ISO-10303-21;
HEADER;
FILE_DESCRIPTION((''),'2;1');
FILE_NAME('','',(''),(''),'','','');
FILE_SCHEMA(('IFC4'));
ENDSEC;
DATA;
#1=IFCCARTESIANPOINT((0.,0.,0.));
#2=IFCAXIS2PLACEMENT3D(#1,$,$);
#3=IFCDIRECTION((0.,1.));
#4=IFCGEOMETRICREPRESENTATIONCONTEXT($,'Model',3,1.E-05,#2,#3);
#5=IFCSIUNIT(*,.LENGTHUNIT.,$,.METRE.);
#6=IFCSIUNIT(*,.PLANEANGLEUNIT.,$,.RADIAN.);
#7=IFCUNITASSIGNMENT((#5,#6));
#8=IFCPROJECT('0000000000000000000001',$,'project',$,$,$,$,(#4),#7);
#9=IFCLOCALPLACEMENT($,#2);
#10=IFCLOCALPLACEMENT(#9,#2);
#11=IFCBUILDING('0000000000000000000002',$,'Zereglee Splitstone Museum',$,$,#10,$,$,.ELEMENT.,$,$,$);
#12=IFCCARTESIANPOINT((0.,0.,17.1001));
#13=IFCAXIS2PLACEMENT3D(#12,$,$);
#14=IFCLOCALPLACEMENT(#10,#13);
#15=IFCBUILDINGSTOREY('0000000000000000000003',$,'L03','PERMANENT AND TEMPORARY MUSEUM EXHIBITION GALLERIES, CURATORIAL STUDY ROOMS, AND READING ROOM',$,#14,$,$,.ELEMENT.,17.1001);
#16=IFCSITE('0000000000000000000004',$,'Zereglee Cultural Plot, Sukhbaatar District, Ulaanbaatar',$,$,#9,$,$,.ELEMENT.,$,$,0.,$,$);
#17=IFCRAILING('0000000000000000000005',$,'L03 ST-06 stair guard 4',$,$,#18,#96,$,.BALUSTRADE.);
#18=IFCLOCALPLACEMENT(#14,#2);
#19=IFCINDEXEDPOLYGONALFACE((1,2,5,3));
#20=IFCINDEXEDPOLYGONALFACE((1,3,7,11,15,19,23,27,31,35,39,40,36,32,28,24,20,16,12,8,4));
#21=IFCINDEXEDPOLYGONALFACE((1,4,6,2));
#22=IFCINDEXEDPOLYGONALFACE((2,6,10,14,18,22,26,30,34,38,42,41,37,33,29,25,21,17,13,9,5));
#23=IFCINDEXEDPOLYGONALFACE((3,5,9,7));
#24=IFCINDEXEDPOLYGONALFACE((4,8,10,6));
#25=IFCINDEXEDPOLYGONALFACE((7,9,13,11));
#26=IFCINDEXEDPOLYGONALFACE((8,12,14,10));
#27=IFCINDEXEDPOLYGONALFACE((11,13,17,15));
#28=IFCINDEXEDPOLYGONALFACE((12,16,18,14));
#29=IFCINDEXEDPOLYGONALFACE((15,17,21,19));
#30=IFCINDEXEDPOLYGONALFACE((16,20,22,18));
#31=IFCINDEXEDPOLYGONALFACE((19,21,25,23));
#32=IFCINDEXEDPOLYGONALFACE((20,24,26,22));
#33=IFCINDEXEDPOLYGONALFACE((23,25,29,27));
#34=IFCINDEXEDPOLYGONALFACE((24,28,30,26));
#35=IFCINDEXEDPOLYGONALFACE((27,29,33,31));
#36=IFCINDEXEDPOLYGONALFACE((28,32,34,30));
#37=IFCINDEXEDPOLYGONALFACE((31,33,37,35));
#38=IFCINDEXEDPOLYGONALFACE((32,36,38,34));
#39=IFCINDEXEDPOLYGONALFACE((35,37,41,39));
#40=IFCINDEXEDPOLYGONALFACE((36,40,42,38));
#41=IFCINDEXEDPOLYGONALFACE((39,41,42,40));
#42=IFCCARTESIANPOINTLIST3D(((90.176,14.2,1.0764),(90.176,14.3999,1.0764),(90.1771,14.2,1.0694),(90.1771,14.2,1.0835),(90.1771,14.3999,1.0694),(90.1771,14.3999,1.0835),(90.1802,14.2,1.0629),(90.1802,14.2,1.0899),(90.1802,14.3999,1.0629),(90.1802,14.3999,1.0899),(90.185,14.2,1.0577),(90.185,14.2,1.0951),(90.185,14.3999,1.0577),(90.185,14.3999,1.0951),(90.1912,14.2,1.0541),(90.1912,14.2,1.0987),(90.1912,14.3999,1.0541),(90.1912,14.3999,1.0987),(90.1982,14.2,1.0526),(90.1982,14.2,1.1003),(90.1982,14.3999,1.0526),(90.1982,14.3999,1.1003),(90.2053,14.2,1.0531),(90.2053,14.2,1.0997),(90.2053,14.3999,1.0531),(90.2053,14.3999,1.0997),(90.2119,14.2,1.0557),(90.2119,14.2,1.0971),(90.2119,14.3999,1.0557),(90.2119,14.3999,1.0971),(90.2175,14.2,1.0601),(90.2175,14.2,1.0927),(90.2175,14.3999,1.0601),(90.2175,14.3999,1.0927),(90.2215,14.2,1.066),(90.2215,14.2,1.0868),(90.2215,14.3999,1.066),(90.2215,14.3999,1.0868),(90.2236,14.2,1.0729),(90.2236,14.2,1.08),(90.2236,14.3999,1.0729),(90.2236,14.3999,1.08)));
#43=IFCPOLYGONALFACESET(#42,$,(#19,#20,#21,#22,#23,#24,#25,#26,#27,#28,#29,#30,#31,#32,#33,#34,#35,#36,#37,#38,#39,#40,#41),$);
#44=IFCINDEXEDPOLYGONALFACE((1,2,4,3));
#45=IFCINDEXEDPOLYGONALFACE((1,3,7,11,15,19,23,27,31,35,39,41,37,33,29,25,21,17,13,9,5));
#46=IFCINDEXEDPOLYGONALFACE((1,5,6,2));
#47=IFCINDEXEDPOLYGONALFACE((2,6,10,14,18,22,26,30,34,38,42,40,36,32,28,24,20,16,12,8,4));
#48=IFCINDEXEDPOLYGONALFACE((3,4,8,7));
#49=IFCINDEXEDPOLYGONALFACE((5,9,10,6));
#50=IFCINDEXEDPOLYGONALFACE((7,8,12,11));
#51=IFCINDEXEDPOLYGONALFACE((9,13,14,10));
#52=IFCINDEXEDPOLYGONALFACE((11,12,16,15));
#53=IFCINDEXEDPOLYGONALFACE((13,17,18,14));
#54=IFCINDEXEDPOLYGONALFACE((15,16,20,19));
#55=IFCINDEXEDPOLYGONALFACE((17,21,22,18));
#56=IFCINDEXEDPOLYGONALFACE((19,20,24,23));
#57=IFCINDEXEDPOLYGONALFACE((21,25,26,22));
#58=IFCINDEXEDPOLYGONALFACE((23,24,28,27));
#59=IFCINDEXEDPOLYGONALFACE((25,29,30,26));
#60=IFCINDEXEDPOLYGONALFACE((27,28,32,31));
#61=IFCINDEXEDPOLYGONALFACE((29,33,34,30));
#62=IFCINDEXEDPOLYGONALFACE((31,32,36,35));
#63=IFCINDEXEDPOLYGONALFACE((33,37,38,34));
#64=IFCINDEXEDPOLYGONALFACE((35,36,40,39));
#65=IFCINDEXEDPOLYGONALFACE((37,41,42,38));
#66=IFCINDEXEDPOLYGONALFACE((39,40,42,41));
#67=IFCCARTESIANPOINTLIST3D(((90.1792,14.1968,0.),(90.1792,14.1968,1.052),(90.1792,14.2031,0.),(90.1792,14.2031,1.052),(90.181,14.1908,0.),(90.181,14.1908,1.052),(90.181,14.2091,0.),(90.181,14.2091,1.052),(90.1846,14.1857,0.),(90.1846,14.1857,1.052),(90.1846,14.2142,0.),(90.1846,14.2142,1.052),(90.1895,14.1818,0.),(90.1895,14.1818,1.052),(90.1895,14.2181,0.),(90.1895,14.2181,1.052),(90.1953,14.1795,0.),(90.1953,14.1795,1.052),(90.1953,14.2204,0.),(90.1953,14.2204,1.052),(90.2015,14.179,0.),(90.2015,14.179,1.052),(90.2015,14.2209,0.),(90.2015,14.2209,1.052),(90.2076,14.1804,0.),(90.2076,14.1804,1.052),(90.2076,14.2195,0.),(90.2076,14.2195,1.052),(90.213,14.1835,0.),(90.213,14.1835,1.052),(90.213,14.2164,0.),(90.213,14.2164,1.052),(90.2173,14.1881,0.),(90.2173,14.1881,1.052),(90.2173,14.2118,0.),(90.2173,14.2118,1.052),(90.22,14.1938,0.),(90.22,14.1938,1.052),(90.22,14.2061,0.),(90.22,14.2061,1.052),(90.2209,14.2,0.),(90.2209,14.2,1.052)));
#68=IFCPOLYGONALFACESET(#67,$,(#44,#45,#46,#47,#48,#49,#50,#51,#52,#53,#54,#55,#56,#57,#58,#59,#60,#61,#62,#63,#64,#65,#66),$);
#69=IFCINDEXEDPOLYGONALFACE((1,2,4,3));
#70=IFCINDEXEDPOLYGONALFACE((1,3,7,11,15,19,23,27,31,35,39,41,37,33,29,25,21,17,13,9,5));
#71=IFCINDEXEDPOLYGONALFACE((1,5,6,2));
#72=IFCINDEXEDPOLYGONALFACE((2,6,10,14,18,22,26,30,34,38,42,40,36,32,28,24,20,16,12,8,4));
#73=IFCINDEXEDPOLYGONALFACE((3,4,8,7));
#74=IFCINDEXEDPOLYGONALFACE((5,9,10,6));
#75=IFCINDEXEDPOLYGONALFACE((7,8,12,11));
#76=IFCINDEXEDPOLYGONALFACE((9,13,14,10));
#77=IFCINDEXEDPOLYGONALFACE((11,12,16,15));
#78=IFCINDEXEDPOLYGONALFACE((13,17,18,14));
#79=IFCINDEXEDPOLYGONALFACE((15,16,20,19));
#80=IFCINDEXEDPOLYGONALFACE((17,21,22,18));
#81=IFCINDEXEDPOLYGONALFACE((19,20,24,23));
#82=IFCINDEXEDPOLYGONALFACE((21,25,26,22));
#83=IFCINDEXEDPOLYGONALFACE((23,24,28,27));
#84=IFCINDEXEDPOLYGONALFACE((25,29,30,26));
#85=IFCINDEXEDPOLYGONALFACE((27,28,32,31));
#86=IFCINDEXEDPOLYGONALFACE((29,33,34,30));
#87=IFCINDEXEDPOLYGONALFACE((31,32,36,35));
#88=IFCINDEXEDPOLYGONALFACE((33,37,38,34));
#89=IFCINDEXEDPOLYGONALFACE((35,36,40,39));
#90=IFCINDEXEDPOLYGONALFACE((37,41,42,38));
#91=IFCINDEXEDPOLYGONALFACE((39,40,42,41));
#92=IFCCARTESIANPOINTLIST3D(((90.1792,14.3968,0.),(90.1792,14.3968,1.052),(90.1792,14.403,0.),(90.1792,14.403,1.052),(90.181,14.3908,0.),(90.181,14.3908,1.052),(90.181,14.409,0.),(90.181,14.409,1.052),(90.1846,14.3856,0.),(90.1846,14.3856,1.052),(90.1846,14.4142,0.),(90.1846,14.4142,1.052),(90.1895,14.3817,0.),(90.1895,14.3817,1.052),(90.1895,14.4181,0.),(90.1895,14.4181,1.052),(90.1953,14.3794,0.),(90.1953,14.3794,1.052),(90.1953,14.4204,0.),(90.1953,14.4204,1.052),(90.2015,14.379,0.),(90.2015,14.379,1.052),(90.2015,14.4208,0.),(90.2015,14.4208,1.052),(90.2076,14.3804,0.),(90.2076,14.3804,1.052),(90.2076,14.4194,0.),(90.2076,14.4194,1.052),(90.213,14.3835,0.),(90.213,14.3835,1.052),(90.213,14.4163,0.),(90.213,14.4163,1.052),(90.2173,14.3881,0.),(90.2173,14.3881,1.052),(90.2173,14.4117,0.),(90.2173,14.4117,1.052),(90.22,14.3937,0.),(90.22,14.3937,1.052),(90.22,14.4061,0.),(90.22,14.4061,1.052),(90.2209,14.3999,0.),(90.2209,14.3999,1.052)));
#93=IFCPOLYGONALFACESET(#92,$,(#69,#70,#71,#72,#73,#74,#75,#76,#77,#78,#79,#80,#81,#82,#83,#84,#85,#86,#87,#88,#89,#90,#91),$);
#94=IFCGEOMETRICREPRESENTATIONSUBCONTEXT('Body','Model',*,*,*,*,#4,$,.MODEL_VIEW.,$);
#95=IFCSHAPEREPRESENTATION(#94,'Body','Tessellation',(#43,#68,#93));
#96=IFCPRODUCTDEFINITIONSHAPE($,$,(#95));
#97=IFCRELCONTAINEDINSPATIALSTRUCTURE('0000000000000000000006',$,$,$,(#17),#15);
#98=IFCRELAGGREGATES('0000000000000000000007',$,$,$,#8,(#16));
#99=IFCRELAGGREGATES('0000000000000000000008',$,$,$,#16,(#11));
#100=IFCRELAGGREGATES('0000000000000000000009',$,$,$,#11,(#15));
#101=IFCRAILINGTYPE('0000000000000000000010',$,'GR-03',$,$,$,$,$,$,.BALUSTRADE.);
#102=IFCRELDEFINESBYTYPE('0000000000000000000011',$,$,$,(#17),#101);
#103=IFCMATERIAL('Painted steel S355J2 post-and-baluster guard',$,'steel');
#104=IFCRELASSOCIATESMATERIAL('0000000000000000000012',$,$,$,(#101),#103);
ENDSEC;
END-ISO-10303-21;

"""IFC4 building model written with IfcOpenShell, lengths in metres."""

from ifc_helpers import new_model, si_unit, direction, frame, origin, origin_2d, place, context, subcontext, project, spatial, circle, extrude, material, type_object, element, save


model = new_model("IFC4")

# Units and contexts
model_context = context("Model", 3, precision=1e-05, world=origin(), true_north=direction((0.0, 1.0)))
body_context = subcontext(model_context, "Body", "Model", "MODEL_VIEW")
ifc_project = project(units=[si_unit("LENGTHUNIT", "METRE"), si_unit("PLANEANGLEUNIT", "RADIAN")], contexts=[model_context])

# Site, building, storey
site_placement = place(None, origin())
site = spatial("IfcSite", under=ifc_project, at=site_placement, Name="Zereglee Cultural Plot, Sukhbaatar District, Ulaanbaatar", CompositionType="ELEMENT", RefElevation=0.0)
building_placement = place(site_placement, origin())
building = spatial("IfcBuilding", under=site, at=building_placement, Name="Zereglee Splitstone Museum", CompositionType="ELEMENT")
storey_placement = place(building_placement, frame((0.0, 0.0, 17.1001)))
storey = spatial("IfcBuildingStorey", under=building, at=storey_placement, Name="L03", Description="PERMANENT AND TEMPORARY MUSEUM EXHIBITION GALLERIES, CURATORIAL STUDY ROOMS, AND READING ROOM", CompositionType="ELEMENT", Elevation=17.1001)

# Railing
ifc_material_1 = material(Name="Painted steel S355J2 post-and-baluster guard", Category="steel")
railing_type_1 = type_object("IfcRailingType", Name="GR-03", PredefinedType="BALUSTRADE", material=ifc_material_1)
railing_1_placement = place(storey_placement, frame((90.2, 14.2, 0.0)))
element("IfcRailing", 1, at=railing_1_placement, inside=storey, type_object=railing_type_1, Name="L03 ST-06 stair guard 4", PredefinedType="BALUSTRADE", context=body_context, shape_type="SweptSolid", body=[
    extrude(circle(Radius=0.0239, at=origin_2d()), frame((0.0, 0.0, 1.0764), z_axis=(0.0, 1.0, 0.0), x_axis=(-1.0, 0.0, 0.0)), (0.0, 0.0, 1.0), 0.2),
    extrude(circle(Radius=0.021, at=origin_2d()), origin(), (0.0, 0.0, 1.0), 1.052),
    extrude(circle(Radius=0.021, at=origin_2d()), frame((0.0, 0.2, 0.0)), (0.0, 0.0, 1.0), 1.052),
])

save(model, "model.ifc")
